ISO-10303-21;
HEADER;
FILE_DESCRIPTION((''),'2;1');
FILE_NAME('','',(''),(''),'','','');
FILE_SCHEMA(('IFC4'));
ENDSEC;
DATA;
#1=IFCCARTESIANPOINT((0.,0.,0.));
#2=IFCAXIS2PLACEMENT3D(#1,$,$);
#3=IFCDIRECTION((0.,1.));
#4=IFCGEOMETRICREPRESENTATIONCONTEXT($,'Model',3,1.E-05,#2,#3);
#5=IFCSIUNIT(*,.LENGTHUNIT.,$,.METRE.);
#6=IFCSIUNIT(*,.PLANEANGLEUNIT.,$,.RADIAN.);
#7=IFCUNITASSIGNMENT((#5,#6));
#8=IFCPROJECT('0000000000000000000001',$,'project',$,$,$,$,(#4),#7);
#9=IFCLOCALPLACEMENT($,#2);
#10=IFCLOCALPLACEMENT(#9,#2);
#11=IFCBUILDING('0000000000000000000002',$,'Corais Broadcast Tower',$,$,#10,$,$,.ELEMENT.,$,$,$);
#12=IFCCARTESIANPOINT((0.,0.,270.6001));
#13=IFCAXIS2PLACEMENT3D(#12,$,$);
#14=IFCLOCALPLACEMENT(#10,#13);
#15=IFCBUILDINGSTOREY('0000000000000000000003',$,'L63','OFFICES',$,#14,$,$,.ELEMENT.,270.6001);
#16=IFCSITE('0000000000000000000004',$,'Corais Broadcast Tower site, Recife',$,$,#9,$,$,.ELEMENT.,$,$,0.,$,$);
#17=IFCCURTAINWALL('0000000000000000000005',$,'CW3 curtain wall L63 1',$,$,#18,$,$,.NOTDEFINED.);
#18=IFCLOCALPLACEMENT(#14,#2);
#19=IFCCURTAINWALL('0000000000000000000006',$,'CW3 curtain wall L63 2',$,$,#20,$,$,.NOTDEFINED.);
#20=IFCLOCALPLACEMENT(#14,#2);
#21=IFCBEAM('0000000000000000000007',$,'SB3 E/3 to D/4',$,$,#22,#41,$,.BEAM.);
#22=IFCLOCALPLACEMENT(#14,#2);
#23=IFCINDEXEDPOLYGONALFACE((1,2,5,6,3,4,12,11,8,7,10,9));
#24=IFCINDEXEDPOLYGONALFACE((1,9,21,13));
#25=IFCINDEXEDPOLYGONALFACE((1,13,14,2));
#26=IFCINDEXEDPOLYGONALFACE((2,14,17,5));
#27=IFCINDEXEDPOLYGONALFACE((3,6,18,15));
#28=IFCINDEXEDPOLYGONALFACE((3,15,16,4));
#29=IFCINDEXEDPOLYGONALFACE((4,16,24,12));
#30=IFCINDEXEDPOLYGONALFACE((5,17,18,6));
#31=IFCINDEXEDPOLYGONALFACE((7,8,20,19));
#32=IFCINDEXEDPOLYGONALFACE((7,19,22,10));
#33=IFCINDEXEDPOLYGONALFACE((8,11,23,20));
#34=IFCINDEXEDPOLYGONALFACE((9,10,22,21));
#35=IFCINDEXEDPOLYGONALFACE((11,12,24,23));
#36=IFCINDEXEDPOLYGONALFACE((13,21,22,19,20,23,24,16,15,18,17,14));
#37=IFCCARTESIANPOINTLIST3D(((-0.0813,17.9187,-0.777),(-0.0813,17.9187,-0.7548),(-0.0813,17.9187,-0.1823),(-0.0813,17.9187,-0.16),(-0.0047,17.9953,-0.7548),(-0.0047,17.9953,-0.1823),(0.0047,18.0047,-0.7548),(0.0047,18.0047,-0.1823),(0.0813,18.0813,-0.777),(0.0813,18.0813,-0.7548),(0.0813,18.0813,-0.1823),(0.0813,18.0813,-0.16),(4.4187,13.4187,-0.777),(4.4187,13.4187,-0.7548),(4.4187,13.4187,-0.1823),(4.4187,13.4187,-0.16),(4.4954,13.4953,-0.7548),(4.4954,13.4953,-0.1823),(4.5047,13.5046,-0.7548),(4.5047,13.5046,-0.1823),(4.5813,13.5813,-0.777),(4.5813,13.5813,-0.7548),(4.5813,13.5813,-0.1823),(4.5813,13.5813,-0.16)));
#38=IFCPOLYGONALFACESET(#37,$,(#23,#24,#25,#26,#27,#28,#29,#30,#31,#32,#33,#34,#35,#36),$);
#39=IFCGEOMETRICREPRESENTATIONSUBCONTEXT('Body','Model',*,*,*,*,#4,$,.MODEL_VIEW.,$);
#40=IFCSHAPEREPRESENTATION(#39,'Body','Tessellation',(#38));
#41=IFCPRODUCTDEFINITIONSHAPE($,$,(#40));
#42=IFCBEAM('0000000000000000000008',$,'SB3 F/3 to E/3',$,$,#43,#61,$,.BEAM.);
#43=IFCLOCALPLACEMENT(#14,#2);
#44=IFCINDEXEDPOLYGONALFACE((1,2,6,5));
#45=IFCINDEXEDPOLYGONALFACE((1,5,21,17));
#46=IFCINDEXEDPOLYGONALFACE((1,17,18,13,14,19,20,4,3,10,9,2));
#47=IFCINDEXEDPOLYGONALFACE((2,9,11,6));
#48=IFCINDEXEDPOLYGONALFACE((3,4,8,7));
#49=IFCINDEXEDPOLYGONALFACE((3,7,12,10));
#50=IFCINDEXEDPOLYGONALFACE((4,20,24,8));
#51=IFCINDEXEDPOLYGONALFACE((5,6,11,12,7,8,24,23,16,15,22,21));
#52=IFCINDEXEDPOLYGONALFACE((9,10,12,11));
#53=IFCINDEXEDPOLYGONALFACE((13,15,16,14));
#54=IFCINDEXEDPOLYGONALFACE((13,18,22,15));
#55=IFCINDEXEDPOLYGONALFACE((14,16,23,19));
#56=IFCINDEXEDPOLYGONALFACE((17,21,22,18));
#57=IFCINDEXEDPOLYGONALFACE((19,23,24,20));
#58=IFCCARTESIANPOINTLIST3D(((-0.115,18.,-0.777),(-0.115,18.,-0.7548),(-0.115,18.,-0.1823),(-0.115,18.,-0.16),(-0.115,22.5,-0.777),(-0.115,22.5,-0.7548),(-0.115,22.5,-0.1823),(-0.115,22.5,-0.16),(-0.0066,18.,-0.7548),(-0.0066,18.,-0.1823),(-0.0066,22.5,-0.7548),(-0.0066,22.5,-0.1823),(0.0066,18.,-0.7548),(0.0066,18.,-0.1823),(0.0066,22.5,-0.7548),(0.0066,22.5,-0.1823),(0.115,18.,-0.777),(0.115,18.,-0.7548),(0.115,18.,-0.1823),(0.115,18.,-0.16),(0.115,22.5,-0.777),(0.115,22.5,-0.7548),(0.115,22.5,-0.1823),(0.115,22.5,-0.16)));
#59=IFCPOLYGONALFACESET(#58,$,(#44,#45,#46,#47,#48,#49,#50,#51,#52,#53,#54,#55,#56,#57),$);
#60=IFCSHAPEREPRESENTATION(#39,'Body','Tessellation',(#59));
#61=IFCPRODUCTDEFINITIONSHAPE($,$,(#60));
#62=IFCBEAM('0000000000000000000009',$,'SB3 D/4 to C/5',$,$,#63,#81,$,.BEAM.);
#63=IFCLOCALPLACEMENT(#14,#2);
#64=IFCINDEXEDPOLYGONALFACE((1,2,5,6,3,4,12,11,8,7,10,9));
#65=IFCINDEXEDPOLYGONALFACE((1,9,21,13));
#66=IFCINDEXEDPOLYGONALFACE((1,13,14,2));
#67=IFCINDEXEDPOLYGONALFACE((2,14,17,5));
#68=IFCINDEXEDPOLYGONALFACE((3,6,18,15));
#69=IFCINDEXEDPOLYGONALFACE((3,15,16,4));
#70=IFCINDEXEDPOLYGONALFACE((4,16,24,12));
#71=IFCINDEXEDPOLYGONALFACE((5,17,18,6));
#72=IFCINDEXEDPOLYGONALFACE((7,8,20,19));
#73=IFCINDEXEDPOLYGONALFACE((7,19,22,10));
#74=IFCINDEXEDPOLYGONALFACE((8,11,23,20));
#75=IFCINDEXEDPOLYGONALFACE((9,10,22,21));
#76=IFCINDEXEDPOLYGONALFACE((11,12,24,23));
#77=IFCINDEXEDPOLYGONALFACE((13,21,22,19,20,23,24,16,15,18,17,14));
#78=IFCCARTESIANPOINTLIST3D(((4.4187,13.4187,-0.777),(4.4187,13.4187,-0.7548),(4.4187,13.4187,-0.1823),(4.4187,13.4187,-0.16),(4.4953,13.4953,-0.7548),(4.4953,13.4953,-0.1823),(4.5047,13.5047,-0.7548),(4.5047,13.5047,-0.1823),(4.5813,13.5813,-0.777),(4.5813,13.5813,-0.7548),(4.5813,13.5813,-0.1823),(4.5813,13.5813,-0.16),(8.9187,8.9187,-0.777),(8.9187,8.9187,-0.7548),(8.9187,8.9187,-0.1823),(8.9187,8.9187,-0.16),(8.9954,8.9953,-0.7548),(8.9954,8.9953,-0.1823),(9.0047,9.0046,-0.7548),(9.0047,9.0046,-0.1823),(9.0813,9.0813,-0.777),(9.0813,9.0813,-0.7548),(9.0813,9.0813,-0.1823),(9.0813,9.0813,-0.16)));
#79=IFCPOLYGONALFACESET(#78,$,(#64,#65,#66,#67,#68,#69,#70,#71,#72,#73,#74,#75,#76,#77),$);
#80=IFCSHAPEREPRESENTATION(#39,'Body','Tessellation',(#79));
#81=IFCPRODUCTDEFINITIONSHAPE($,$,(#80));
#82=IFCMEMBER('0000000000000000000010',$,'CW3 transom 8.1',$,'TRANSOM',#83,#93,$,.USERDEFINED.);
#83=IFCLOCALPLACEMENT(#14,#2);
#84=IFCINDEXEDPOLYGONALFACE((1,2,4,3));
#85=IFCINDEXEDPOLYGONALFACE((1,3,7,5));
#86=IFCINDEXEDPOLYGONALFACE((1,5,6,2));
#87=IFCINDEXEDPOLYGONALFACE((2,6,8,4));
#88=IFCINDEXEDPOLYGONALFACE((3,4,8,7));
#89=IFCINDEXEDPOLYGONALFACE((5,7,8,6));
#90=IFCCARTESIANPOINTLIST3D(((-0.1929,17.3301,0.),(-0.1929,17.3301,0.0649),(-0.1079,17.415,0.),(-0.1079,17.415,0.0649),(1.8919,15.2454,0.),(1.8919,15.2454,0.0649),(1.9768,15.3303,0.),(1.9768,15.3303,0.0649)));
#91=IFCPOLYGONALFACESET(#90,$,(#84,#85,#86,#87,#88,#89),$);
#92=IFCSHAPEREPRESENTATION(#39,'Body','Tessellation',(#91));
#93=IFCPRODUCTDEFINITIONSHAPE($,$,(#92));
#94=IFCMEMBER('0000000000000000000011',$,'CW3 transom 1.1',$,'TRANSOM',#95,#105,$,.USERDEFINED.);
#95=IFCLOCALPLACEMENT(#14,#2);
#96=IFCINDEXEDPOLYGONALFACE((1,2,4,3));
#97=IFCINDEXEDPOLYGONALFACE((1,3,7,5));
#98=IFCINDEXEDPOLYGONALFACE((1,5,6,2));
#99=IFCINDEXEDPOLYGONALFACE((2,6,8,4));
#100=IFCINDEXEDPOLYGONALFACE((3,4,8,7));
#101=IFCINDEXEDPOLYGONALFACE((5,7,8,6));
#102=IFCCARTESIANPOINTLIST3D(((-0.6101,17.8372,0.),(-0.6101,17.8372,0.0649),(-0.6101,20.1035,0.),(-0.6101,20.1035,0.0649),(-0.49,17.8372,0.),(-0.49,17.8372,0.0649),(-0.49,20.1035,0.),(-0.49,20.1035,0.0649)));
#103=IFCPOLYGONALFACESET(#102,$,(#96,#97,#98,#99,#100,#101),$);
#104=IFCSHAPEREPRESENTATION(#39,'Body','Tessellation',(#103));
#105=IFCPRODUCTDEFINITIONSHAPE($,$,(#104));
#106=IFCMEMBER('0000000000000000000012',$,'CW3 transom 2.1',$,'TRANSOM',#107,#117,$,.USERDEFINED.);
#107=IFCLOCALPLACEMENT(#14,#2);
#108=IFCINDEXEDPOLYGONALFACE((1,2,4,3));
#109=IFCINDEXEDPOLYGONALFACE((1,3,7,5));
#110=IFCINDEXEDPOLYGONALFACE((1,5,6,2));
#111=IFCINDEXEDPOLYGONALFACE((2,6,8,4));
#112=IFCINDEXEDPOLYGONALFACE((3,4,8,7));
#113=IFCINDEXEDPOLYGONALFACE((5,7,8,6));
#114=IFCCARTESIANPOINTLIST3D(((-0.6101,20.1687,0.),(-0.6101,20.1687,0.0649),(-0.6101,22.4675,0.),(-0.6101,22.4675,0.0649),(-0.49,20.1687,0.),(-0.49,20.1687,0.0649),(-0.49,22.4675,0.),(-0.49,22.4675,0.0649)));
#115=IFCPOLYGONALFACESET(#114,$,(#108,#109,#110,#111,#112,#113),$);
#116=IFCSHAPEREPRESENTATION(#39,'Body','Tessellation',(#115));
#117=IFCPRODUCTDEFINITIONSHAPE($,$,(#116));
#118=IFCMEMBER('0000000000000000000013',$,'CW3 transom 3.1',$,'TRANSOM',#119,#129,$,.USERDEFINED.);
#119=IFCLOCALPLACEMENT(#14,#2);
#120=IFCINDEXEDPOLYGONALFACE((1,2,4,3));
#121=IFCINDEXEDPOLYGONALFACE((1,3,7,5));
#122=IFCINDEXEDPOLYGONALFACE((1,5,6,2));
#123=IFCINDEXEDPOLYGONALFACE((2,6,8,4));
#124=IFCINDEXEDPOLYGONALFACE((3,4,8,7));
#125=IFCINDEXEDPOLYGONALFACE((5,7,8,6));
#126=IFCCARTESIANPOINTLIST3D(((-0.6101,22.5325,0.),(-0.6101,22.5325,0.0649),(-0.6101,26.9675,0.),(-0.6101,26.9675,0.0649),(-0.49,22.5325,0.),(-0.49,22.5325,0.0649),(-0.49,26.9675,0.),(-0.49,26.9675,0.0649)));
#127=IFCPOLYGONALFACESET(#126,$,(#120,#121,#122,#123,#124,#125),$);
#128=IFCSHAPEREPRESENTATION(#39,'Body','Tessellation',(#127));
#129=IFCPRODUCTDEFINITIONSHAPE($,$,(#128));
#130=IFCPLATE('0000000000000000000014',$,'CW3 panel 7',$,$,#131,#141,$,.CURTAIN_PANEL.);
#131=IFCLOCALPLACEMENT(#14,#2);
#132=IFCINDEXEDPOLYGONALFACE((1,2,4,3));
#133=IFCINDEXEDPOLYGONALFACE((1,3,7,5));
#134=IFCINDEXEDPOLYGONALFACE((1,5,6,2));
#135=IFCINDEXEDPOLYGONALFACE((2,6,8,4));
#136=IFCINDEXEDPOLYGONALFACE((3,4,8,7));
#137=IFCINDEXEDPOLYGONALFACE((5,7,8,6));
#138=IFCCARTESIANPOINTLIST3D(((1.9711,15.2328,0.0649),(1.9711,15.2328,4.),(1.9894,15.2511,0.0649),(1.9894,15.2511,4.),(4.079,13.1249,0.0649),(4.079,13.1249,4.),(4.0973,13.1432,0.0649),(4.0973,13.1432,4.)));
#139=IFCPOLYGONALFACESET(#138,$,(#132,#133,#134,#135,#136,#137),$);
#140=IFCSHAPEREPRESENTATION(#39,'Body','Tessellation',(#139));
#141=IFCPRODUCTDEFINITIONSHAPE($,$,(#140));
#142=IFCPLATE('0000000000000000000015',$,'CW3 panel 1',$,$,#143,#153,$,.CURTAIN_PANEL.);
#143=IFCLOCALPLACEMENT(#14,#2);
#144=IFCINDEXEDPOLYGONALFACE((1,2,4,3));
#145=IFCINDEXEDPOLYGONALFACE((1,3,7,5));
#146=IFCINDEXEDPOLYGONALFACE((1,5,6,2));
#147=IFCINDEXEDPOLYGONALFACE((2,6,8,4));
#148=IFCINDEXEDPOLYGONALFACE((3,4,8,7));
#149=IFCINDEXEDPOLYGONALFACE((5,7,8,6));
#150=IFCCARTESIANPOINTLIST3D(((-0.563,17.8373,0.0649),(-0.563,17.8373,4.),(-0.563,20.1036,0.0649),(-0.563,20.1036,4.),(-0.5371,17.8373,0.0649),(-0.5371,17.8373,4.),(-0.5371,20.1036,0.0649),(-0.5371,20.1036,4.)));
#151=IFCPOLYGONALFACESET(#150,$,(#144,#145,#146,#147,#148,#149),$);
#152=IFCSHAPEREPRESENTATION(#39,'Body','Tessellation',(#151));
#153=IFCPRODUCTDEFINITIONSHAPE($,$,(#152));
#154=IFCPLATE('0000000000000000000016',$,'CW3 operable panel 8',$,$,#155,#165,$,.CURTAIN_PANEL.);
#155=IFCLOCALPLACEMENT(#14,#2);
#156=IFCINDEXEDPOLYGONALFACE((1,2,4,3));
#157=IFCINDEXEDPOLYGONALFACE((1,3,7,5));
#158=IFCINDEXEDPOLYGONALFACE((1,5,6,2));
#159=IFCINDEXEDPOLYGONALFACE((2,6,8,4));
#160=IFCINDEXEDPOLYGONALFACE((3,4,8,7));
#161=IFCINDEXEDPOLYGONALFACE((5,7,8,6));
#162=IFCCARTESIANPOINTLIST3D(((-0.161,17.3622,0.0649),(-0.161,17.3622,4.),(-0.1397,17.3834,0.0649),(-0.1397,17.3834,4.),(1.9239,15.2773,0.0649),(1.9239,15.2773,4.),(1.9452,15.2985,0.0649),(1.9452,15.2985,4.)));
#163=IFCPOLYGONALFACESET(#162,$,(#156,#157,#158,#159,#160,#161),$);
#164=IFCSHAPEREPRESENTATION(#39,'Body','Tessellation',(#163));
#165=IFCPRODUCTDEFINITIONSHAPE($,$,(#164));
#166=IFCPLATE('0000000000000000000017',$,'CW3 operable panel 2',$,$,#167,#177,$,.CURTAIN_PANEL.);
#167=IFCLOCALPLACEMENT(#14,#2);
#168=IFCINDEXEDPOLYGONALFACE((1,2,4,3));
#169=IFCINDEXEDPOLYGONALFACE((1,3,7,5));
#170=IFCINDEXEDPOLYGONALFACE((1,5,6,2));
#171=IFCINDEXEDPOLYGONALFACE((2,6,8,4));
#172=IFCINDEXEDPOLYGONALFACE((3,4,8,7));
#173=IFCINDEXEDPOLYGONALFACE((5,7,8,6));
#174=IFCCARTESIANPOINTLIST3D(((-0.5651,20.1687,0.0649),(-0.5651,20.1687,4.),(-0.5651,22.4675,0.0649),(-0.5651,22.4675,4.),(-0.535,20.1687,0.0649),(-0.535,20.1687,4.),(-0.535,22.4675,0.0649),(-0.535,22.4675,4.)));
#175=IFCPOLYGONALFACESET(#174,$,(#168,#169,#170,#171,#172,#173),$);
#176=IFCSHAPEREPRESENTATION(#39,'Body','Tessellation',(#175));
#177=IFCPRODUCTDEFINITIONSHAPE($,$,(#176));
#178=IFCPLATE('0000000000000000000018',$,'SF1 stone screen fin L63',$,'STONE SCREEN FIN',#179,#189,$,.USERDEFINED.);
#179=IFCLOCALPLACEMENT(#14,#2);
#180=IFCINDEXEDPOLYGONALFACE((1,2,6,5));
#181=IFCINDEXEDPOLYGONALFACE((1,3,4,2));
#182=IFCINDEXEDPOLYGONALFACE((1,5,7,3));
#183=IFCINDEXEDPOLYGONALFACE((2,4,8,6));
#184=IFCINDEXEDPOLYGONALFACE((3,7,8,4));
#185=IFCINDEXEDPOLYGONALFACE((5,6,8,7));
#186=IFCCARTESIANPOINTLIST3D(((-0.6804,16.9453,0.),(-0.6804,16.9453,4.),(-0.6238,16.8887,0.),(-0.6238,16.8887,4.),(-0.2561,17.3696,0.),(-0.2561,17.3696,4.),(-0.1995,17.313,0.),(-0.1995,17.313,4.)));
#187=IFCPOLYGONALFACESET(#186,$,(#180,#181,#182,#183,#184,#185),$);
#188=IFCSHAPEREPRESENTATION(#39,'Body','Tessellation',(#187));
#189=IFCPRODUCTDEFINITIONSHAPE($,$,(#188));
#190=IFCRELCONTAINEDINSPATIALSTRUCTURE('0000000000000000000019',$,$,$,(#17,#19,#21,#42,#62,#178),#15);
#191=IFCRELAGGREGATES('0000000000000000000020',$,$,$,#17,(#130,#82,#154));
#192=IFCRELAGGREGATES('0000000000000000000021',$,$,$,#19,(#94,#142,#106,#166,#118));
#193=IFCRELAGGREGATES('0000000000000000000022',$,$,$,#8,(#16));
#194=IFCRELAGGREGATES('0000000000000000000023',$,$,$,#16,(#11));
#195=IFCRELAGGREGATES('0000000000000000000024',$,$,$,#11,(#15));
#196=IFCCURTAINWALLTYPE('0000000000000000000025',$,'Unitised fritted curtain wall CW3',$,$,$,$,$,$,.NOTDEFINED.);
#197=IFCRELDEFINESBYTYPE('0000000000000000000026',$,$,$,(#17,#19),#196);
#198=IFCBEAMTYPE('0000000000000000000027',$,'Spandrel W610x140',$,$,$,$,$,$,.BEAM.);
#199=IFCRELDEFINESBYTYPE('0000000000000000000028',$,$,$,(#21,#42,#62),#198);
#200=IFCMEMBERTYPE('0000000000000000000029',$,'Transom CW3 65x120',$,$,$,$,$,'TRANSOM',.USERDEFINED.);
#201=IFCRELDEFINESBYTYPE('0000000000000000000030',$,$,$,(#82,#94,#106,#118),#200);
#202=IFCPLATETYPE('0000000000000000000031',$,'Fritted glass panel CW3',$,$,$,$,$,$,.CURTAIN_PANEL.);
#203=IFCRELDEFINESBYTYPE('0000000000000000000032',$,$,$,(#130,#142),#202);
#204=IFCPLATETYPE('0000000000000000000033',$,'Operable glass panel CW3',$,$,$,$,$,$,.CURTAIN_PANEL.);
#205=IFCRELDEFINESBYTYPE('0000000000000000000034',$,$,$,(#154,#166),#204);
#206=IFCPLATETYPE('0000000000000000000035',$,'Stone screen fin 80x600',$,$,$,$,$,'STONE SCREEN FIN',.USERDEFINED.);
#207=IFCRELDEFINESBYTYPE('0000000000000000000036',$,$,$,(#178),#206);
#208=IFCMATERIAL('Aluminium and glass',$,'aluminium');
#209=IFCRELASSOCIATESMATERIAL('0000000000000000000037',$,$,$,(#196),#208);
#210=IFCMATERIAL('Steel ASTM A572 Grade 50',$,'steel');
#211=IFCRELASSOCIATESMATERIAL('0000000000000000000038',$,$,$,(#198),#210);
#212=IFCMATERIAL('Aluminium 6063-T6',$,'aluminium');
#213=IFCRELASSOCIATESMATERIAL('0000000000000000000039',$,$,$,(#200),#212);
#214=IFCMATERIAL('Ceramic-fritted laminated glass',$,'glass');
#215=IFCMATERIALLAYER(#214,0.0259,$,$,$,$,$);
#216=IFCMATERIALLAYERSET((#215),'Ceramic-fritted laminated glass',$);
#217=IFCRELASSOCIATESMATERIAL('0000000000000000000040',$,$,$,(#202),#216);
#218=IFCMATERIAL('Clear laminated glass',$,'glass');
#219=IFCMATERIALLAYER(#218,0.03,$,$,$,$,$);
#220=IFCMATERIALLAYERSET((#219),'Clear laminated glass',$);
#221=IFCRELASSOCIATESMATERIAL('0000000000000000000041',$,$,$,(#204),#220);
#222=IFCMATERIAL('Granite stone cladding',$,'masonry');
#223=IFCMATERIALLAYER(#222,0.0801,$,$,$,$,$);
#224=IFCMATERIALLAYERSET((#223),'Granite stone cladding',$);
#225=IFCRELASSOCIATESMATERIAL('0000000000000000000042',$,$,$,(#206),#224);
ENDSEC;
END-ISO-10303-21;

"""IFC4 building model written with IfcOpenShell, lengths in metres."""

from ifc_helpers import new_model, si_unit, direction, frame, origin, origin_2d, place, context, subcontext, project, spatial, rectangle, i_section, extrude, material, layer, layer_set, material_profile, profile_set, type_object, element, aggregate, save


model = new_model("IFC4")

# Units and contexts
model_context = context("Model", 3, precision=1e-05, world=origin(), true_north=direction((0.0, 1.0)))
body_context = subcontext(model_context, "Body", "Model", "MODEL_VIEW")
ifc_project = project(units=[si_unit("LENGTHUNIT", "METRE"), si_unit("PLANEANGLEUNIT", "RADIAN")], contexts=[model_context])

# Site, building, storey
site_placement = place(None, origin())
site = spatial("IfcSite", under=ifc_project, at=site_placement, Name="Corais Broadcast Tower site, Recife", CompositionType="ELEMENT", RefElevation=0.0)
building_placement = place(site_placement, origin())
building = spatial("IfcBuilding", under=site, at=building_placement, Name="Corais Broadcast Tower", CompositionType="ELEMENT")
storey_placement = place(building_placement, frame((0.0, 0.0, 270.6001)))
storey = spatial("IfcBuildingStorey", under=building, at=storey_placement, Name="L63", Description="OFFICES", CompositionType="ELEMENT", Elevation=270.6001)

# Curtain walls
ifc_material_1 = material(Name="Aluminium and glass", Category="aluminium")
curtain_wall_type = type_object("IfcCurtainWallType", Name="Unitised fritted curtain wall CW3", PredefinedType="NOTDEFINED", material=ifc_material_1)
curtain_wall_1_placement = place(storey_placement, origin())
curtain_wall_1 = element("IfcCurtainWall", 1, at=curtain_wall_1_placement, inside=storey, type_object=curtain_wall_type, Name="CW3 curtain wall L63 1", PredefinedType="NOTDEFINED")
curtain_wall_2_placement = place(storey_placement, origin())
curtain_wall_2 = element("IfcCurtainWall", 2, at=curtain_wall_2_placement, inside=storey, type_object=curtain_wall_type, Name="CW3 curtain wall L63 2", PredefinedType="NOTDEFINED")

# Beams
ifc_material_2 = material(Name="Steel ASTM A572 Grade 50", Category="steel")
ifc_material_profile_1 = material_profile(ifc_material_2, i_section(OverallWidth=0.23, OverallDepth=0.6169, WebThickness=0.0132, FlangeThickness=0.0222, at=origin_2d()), Name="W610x140")
ifc_profile_set_1 = profile_set([ifc_material_profile_1], Name="Steel ASTM A572 Grade 50")
beam_type_1 = type_object("IfcBeamType", Name="Spandrel W610x140", PredefinedType="BEAM", material=ifc_profile_set_1)
beam_1_placement = place(storey_placement, frame((0.0, 18.0, -0.4685), z_axis=(0.707107, -0.707107, 0.0), x_axis=(0.707107, 0.707107, 0.0)))
element("IfcBeam", 3, at=beam_1_placement, inside=storey, type_object=beam_type_1, Name="SB3 E/3 to D/4", PredefinedType="BEAM", context=body_context, shape_type="SweptSolid", body=[
    extrude(i_section(OverallWidth=0.23, OverallDepth=0.6169, WebThickness=0.0132, FlangeThickness=0.0222, at=origin_2d()), origin(), (0.0, 0.0, 1.0), 6.364),
])
beam_2_placement = place(storey_placement, frame((0.0, 22.5, -0.4685), z_axis=(0.0, -1.0, 0.0), x_axis=(1.0, 0.0, 0.0)))
element("IfcBeam", 4, at=beam_2_placement, inside=storey, type_object=beam_type_1, Name="SB3 F/3 to E/3", PredefinedType="BEAM", context=body_context, shape_type="SweptSolid", body=[
    extrude(i_section(OverallWidth=0.23, OverallDepth=0.6169, WebThickness=0.0132, FlangeThickness=0.0222, at=origin_2d()), origin(), (0.0, 0.0, 1.0), 4.5),
])
beam_3_placement = place(storey_placement, frame((4.5, 13.5, -0.4685), z_axis=(0.707107, -0.707107, 0.0), x_axis=(0.707107, 0.707107, 0.0)))
element("IfcBeam", 5, at=beam_3_placement, inside=storey, type_object=beam_type_1, Name="SB3 D/4 to C/5", PredefinedType="BEAM", context=body_context, shape_type="SweptSolid", body=[
    extrude(i_section(OverallWidth=0.23, OverallDepth=0.6169, WebThickness=0.0132, FlangeThickness=0.0222, at=origin_2d()), origin(), (0.0, 0.0, 1.0), 6.364),
])

# Members
ifc_material_3 = material(Name="Aluminium 6063-T6", Category="aluminium")
ifc_material_profile_2 = material_profile(ifc_material_3, rectangle(XDim=0.1201, YDim=0.0649, at=origin_2d()), Name="Transom CW3 65x120")
ifc_profile_set_2 = profile_set([ifc_material_profile_2], Name="Aluminium 6063-T6")
member_type_1 = type_object("IfcMemberType", Name="Transom CW3 65x120", ElementType="TRANSOM", PredefinedType="USERDEFINED", material=ifc_profile_set_2)
member_1_placement = place(storey_placement, frame((1.9343, 15.2878, 0.0325), z_axis=(-0.707107, 0.707107, 0.0), x_axis=(-0.707107, -0.707107, 0.0)))
member_1 = element("IfcMember", 6, at=member_1_placement, type_object=member_type_1, Name="CW3 transom 8.1", ObjectType="TRANSOM", PredefinedType="USERDEFINED", context=body_context, shape_type="SweptSolid", body=[
    extrude(rectangle(XDim=0.1201, YDim=0.0649, at=origin_2d()), origin(), (0.0, 0.0, 1.0), 2.9482),
])
member_2_placement = place(storey_placement, frame((-0.55, 17.8372, 0.0325), z_axis=(0.0, 1.0, 0.0), x_axis=(-1.0, 0.0, 0.0)))
member_2 = element("IfcMember", 7, at=member_2_placement, type_object=member_type_1, Name="CW3 transom 1.1", ObjectType="TRANSOM", PredefinedType="USERDEFINED", context=body_context, shape_type="SweptSolid", body=[
    extrude(rectangle(XDim=0.1201, YDim=0.0649, at=origin_2d()), origin(), (0.0, 0.0, 1.0), 2.2664),
])
member_3_placement = place(storey_placement, frame((-0.55, 20.1687, 0.0325), z_axis=(0.0, 1.0, 0.0), x_axis=(-1.0, 0.0, 0.0)))
member_3 = element("IfcMember", 8, at=member_3_placement, type_object=member_type_1, Name="CW3 transom 2.1", ObjectType="TRANSOM", PredefinedType="USERDEFINED", context=body_context, shape_type="SweptSolid", body=[
    extrude(rectangle(XDim=0.1201, YDim=0.0649, at=origin_2d()), origin(), (0.0, 0.0, 1.0), 2.2988),
])
member_4_placement = place(storey_placement, frame((-0.55, 22.5325, 0.0325), z_axis=(0.0, 1.0, 0.0), x_axis=(-1.0, 0.0, 0.0)))
member_4 = element("IfcMember", 9, at=member_4_placement, type_object=member_type_1, Name="CW3 transom 3.1", ObjectType="TRANSOM", PredefinedType="USERDEFINED", context=body_context, shape_type="SweptSolid", body=[
    extrude(rectangle(XDim=0.1201, YDim=0.0649, at=origin_2d()), origin(), (0.0, 0.0, 1.0), 4.4351),
])

# Plates
ifc_material_4 = material(Name="Ceramic-fritted laminated glass", Category="glass")
ifc_layer_1 = layer(ifc_material_4, 0.0259)
ifc_layer_set_1 = layer_set([ifc_layer_1], Name="Ceramic-fritted laminated glass")
plate_type_1 = type_object("IfcPlateType", Name="Fritted glass panel CW3", PredefinedType="CURTAIN_PANEL", material=ifc_layer_set_1)
plate_1_placement = place(storey_placement, frame((3.0342, 14.188, 0.0649), z_axis=(0.0, 0.0, 1.0), x_axis=(-0.707107, 0.707107, 0.0)))
plate_1 = element("IfcPlate", 10, at=plate_1_placement, type_object=plate_type_1, Name="CW3 panel 7", PredefinedType="CURTAIN_PANEL", context=body_context, shape_type="SweptSolid", body=[
    extrude(rectangle(XDim=2.981, YDim=0.0259, at=origin_2d()), origin(), (0.0, 0.0, 1.0), 3.9351),
])
plate_2_placement = place(storey_placement, frame((-0.55, 18.9705, 0.0649), z_axis=(0.0, 0.0, 1.0), x_axis=(0.0, 1.0, 0.0)))
plate_2 = element("IfcPlate", 11, at=plate_2_placement, type_object=plate_type_1, Name="CW3 panel 1", PredefinedType="CURTAIN_PANEL", context=body_context, shape_type="SweptSolid", body=[
    extrude(rectangle(XDim=2.2664, YDim=0.0259, at=origin_2d()), origin(), (0.0, 0.0, 1.0), 3.9351),
])
ifc_material_5 = material(Name="Clear laminated glass", Category="glass")
ifc_layer_2 = layer(ifc_material_5, 0.03)
ifc_layer_set_2 = layer_set([ifc_layer_2], Name="Clear laminated glass")
plate_type_2 = type_object("IfcPlateType", Name="Operable glass panel CW3", PredefinedType="CURTAIN_PANEL", material=ifc_layer_set_2)
plate_3_placement = place(storey_placement, frame((0.8921, 16.3303, 0.0649), z_axis=(0.0, 0.0, 1.0), x_axis=(-0.707107, 0.707107, 0.0)))
plate_3 = element("IfcPlate", 12, at=plate_3_placement, type_object=plate_type_2, Name="CW3 operable panel 8", PredefinedType="CURTAIN_PANEL", context=body_context, shape_type="SweptSolid", body=[
    extrude(rectangle(XDim=2.9485, YDim=0.03, at=origin_2d()), origin(), (0.0, 0.0, 1.0), 3.9351),
])
aggregate(curtain_wall_1, [plate_1, member_1, plate_3])
plate_4_placement = place(storey_placement, frame((-0.55, 21.3181, 0.0649), z_axis=(0.0, 0.0, 1.0), x_axis=(0.0, 1.0, 0.0)))
plate_4 = element("IfcPlate", 13, at=plate_4_placement, type_object=plate_type_2, Name="CW3 operable panel 2", PredefinedType="CURTAIN_PANEL", context=body_context, shape_type="SweptSolid", body=[
    extrude(rectangle(XDim=2.2988, YDim=0.03, at=origin_2d()), origin(), (0.0, 0.0, 1.0), 3.9351),
])
aggregate(curtain_wall_2, [member_2, plate_2, member_3, plate_4, member_4])
ifc_material_6 = material(Name="Granite stone cladding", Category="masonry")
ifc_layer_3 = layer(ifc_material_6, 0.0801)
ifc_layer_set_3 = layer_set([ifc_layer_3], Name="Granite stone cladding")
plate_type_3 = type_object("IfcPlateType", Name="Stone screen fin 80x600", ElementType="STONE SCREEN FIN", PredefinedType="USERDEFINED", material=ifc_layer_set_3)
plate_5_placement = place(storey_placement, frame((-0.4399, 17.1292, 0.0), z_axis=(0.0, 0.0, 1.0), x_axis=(-0.707107, 0.707107, 0.0)))
element("IfcPlate", 14, at=plate_5_placement, inside=storey, type_object=plate_type_3, Name="SF1 stone screen fin L63", ObjectType="STONE SCREEN FIN", PredefinedType="USERDEFINED", context=body_context, shape_type="SweptSolid", body=[
    extrude(rectangle(XDim=0.0801, YDim=0.6001, at=origin_2d()), origin(), (0.0, 0.0, 1.0), 4.0),
])

save(model, "model.ifc")
